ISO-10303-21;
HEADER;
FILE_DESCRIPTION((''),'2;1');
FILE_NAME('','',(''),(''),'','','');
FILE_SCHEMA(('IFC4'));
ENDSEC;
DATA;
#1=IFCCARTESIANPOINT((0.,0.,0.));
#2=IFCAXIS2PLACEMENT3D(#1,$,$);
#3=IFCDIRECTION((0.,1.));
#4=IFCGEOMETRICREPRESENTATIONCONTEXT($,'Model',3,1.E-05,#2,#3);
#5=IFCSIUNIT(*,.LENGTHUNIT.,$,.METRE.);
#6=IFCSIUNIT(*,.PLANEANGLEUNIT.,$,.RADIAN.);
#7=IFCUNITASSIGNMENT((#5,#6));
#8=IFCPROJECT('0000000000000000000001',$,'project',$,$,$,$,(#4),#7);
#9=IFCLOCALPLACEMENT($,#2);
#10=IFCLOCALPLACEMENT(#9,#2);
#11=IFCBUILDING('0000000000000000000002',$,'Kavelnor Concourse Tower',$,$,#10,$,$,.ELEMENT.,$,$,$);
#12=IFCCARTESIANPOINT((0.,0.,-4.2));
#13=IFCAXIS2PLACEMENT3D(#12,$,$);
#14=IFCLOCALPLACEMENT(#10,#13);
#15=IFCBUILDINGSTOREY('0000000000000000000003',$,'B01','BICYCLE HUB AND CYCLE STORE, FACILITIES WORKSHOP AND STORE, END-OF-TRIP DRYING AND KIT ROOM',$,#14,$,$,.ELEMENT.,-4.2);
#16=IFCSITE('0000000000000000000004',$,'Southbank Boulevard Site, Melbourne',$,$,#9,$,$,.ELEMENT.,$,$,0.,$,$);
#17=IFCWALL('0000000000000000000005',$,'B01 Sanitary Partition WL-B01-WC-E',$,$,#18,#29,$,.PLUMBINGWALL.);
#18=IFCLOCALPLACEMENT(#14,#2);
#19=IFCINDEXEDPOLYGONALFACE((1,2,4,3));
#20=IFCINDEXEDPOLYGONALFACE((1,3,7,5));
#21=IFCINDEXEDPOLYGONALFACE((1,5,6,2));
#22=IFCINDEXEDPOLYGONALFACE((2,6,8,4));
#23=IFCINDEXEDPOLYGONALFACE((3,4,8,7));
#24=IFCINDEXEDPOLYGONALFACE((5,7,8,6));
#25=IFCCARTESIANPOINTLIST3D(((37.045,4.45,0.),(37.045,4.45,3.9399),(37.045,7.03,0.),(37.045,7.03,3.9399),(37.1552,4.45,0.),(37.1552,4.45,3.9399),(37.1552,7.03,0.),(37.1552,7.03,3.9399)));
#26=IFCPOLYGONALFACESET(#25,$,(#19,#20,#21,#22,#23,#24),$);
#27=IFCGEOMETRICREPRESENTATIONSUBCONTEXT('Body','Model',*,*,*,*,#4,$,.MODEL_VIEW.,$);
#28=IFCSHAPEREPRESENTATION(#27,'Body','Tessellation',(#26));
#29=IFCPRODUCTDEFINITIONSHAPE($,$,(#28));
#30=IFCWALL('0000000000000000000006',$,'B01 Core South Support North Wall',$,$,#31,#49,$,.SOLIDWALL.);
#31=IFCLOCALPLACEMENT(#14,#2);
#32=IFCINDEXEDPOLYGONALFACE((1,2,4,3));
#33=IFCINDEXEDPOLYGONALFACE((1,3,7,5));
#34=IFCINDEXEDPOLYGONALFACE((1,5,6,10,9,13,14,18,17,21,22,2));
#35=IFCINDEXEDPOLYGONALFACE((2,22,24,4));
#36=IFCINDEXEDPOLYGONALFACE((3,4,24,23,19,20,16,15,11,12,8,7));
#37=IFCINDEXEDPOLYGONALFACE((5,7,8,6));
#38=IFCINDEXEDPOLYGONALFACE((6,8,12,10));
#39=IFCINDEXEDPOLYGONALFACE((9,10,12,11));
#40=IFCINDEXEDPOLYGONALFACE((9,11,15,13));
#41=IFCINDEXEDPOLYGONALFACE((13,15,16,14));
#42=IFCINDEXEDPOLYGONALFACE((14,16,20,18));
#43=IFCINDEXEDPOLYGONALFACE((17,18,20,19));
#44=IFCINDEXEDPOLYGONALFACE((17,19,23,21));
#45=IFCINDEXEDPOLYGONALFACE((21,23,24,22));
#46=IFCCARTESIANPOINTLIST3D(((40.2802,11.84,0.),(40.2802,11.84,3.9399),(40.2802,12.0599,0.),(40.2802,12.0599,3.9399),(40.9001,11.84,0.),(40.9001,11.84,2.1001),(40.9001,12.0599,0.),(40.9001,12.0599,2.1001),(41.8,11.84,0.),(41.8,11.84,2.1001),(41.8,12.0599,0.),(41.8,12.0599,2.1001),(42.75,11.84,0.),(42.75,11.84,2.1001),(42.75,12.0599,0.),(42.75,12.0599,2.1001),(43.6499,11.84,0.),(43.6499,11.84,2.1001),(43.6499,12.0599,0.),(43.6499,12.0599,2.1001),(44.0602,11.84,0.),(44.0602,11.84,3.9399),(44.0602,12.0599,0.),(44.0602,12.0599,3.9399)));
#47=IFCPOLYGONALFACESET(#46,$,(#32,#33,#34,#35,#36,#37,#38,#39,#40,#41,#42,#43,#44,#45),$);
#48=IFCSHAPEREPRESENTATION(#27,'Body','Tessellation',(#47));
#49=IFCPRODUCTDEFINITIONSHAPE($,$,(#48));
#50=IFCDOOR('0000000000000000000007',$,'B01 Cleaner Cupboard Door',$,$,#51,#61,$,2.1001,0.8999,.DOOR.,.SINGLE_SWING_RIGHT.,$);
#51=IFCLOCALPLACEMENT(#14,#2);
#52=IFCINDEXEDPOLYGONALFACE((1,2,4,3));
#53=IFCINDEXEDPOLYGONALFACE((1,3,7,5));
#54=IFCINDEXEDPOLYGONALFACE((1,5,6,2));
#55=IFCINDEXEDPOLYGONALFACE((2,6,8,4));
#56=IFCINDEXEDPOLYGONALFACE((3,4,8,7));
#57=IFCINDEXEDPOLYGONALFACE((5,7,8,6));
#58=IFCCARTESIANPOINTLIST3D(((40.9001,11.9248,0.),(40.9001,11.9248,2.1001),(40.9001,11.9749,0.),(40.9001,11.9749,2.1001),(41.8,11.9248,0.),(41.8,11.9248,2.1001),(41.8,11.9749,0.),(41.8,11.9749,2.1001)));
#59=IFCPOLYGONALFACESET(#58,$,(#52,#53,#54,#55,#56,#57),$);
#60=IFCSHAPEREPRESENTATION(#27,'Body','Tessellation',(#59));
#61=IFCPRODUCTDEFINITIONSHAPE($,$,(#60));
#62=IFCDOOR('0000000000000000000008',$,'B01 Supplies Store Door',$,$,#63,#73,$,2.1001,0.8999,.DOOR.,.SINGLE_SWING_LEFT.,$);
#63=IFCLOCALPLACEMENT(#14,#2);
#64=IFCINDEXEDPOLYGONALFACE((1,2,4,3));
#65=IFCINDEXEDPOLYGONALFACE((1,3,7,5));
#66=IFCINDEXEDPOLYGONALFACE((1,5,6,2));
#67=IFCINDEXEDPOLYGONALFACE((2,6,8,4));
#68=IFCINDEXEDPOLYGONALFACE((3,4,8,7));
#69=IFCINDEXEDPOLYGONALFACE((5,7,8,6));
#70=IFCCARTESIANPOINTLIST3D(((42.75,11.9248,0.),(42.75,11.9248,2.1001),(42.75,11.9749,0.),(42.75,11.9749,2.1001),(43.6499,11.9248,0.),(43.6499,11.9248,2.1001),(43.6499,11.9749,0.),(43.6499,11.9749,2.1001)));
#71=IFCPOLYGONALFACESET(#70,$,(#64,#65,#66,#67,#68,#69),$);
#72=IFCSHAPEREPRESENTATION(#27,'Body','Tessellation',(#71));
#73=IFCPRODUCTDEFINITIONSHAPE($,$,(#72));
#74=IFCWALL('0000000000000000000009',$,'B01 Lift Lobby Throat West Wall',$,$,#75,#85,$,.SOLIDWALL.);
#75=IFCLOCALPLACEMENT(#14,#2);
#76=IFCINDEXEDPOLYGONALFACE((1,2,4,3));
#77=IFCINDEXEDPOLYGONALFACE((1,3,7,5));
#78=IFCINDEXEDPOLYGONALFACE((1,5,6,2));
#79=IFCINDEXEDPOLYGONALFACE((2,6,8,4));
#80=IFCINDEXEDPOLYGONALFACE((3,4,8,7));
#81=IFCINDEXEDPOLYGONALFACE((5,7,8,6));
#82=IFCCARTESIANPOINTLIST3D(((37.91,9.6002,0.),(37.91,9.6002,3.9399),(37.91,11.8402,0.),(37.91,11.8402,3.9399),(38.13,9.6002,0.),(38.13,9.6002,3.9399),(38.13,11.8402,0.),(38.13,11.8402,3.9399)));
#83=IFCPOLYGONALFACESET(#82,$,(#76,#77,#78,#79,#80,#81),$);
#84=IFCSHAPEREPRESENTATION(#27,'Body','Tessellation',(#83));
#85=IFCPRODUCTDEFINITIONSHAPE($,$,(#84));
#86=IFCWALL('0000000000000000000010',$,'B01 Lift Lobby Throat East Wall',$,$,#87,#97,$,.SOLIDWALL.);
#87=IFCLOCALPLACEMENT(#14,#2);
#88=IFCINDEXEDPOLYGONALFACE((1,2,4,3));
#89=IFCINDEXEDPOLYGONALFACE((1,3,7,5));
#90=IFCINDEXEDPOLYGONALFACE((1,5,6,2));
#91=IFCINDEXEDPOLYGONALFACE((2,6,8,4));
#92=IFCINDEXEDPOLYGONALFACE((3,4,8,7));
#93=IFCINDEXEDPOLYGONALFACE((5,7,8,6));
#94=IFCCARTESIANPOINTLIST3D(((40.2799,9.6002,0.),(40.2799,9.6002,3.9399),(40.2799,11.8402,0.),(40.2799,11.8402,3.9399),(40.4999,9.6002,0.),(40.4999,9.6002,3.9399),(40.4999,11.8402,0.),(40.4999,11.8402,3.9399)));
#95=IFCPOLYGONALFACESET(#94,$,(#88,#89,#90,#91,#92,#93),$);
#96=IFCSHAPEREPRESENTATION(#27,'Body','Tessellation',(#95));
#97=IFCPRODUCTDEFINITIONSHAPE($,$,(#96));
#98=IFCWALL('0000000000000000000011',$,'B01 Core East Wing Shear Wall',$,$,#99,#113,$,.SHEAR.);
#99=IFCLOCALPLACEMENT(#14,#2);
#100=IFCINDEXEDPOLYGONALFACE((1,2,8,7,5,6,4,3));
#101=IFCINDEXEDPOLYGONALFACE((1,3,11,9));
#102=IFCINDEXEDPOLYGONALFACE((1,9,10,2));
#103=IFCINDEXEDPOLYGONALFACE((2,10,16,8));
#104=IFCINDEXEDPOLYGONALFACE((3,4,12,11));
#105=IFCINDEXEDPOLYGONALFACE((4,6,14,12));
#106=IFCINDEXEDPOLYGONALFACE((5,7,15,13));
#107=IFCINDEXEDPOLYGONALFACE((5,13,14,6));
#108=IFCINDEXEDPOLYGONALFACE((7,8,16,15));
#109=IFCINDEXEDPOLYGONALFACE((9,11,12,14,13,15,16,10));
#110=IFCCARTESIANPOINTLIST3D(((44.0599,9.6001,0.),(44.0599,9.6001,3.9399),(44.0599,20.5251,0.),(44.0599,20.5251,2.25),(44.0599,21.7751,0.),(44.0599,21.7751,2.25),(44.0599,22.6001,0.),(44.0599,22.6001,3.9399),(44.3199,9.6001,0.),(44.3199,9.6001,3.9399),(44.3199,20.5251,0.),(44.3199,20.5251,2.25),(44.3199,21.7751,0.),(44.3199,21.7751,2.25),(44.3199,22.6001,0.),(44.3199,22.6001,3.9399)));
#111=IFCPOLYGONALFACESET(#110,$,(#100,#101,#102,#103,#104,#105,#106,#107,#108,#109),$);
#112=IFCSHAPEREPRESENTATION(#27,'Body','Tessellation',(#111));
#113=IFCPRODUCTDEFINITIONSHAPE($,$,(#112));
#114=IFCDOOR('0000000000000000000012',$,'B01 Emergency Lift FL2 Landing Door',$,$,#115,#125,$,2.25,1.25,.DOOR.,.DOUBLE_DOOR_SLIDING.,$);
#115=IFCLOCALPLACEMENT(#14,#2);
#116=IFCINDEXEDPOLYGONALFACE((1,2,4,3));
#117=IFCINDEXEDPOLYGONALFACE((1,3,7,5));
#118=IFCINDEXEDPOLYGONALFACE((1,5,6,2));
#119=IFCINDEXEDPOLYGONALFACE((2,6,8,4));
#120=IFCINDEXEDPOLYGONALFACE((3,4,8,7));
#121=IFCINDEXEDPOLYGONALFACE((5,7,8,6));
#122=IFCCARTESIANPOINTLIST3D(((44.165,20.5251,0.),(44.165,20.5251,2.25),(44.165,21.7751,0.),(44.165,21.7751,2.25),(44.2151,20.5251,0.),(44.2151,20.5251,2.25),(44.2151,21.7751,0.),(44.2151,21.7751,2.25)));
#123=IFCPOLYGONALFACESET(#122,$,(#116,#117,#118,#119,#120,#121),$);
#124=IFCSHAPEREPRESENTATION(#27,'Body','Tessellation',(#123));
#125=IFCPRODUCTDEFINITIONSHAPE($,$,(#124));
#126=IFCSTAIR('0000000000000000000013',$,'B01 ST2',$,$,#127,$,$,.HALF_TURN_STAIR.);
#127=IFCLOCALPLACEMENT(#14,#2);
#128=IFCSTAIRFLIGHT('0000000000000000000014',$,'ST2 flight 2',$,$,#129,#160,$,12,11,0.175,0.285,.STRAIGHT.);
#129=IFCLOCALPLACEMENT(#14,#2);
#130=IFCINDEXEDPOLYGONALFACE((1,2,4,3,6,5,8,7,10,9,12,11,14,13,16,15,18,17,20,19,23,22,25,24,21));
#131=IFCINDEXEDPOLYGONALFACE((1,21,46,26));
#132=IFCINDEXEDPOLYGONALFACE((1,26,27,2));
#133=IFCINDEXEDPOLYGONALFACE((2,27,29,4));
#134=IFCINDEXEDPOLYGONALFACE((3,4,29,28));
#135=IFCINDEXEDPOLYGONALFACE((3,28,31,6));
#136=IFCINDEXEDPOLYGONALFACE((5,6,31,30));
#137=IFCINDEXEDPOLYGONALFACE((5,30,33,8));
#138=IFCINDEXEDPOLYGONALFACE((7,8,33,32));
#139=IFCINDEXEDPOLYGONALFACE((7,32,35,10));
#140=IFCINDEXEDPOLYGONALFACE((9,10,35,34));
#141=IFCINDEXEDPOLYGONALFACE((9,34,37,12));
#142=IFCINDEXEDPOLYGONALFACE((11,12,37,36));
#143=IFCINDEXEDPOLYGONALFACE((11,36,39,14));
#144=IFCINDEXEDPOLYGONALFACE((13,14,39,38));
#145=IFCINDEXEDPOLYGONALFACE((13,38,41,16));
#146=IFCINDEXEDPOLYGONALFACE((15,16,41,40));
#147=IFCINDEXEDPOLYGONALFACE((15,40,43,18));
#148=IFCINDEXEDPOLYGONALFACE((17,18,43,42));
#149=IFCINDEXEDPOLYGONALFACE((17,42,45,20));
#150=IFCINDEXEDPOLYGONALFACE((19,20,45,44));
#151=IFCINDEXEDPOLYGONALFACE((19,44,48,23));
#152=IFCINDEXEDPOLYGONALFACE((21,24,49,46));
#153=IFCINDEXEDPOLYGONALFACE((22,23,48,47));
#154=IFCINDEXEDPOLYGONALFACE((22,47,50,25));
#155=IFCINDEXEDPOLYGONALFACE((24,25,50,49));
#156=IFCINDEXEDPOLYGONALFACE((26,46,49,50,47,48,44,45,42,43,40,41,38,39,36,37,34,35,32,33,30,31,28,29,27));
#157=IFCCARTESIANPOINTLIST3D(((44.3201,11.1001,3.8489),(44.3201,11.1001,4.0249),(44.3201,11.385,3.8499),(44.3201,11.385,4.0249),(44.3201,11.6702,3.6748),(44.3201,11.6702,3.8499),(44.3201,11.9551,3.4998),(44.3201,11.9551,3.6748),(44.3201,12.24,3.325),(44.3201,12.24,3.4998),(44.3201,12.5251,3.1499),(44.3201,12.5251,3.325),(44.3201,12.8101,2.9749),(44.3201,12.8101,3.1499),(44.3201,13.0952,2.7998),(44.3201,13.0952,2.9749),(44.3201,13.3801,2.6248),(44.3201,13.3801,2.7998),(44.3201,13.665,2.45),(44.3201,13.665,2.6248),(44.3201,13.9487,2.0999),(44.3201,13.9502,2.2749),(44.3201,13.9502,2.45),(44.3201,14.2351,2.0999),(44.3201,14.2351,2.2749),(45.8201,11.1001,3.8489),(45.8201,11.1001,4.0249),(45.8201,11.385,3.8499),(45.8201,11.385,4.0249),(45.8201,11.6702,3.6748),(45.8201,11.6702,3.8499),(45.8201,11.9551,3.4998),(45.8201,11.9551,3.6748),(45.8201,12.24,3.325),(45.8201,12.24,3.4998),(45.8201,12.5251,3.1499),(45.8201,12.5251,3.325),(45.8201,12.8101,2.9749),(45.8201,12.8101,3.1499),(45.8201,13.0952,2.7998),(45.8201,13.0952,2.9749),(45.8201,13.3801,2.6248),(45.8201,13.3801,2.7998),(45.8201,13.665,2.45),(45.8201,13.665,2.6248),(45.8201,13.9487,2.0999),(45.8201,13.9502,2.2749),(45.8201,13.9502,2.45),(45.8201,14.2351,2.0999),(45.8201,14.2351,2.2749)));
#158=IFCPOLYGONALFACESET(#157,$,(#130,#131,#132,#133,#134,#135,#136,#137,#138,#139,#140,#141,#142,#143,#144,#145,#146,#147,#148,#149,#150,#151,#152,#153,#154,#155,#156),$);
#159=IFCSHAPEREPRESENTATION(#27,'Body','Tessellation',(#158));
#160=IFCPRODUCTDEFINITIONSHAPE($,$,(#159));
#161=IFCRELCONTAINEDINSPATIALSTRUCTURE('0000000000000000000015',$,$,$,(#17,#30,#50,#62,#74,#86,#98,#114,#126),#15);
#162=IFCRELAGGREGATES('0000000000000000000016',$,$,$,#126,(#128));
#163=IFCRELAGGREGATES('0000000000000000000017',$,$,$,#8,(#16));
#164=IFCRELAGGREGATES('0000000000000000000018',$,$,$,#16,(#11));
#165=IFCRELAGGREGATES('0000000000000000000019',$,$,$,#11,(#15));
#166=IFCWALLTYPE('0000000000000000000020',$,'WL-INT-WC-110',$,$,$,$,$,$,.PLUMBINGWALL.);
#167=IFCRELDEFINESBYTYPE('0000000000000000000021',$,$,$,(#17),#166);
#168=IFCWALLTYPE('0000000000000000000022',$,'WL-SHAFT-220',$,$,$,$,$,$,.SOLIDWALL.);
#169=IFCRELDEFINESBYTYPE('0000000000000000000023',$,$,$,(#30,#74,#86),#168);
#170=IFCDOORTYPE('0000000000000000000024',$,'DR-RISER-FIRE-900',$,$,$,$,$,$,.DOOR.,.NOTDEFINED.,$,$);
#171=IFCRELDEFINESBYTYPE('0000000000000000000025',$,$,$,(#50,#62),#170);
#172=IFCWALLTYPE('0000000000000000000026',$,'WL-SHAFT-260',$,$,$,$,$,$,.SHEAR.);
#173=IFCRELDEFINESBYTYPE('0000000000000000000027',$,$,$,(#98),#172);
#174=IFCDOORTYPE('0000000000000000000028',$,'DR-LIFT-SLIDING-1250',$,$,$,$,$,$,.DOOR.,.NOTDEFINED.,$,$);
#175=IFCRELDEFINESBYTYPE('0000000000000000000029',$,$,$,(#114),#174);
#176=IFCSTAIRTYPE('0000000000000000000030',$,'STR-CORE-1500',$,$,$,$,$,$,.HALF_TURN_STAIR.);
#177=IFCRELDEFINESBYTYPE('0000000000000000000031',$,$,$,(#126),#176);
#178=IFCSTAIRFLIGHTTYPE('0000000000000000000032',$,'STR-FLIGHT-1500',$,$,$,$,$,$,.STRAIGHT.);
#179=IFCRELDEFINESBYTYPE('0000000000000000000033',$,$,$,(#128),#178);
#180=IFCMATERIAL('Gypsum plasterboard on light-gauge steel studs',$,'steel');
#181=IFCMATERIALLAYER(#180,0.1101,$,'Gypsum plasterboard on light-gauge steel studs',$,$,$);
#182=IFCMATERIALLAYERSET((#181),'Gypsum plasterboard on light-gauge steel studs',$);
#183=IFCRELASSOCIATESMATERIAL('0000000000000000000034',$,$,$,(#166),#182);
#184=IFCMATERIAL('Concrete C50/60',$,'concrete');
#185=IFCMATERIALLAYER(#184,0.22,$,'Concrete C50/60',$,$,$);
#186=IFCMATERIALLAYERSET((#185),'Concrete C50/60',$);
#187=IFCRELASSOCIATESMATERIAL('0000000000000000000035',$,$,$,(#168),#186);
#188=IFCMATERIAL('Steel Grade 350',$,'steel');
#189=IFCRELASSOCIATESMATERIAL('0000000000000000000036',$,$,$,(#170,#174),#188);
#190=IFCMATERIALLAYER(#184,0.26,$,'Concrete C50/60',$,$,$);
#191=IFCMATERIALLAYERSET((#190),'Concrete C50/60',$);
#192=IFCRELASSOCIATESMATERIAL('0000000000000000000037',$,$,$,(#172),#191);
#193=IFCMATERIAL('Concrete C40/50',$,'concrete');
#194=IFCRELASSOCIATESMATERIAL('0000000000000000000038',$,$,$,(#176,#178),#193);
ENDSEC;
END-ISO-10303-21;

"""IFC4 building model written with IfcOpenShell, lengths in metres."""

from ifc_helpers import new_model, si_unit, direction, frame, frame_2d, origin, place, context, subcontext, project, spatial, polyline, rectangle, outline, extrude, material, layer, layer_set, type_object, element, fill, aggregate, save


model = new_model("IFC4")

# Units and contexts
model_context = context("Model", 3, precision=1e-05, world=origin(), true_north=direction((0.0, 1.0)))
body_context = subcontext(model_context, "Body", "Model", "MODEL_VIEW")
ifc_project = project(units=[si_unit("LENGTHUNIT", "METRE"), si_unit("PLANEANGLEUNIT", "RADIAN")], contexts=[model_context])

# Site, building, storey
site_placement = place(None, origin())
site = spatial("IfcSite", under=ifc_project, at=site_placement, Name="Southbank Boulevard Site, Melbourne", CompositionType="ELEMENT", RefElevation=0.0)
building_placement = place(site_placement, origin())
building = spatial("IfcBuilding", under=site, at=building_placement, Name="Kavelnor Concourse Tower", CompositionType="ELEMENT")
storey_placement = place(building_placement, frame((0.0, 0.0, -4.2)))
storey = spatial("IfcBuildingStorey", under=building, at=storey_placement, Name="B01", Description="BICYCLE HUB AND CYCLE STORE, FACILITIES WORKSHOP AND STORE, END-OF-TRIP DRYING AND KIT ROOM", CompositionType="ELEMENT", Elevation=-4.2)

# Shared definitions
ifc_material_1 = material(Name="Steel Grade 350", Category="steel")

# Wall
ifc_material_2 = material(Name="Gypsum plasterboard on light-gauge steel studs", Category="steel")
ifc_layer_1 = layer(ifc_material_2, 0.1101, Name="Gypsum plasterboard on light-gauge steel studs")
ifc_layer_set_1 = layer_set([ifc_layer_1], Name="Gypsum plasterboard on light-gauge steel studs")
wall_type_1 = type_object("IfcWallType", Name="WL-INT-WC-110", PredefinedType="PLUMBINGWALL", material=ifc_layer_set_1)
wall_1_placement = place(storey_placement, frame((37.1001, 4.45, 0.0), z_axis=(0.0, 0.0, 1.0), x_axis=(0.0, 1.0, 0.0)))
element("IfcWall", 1, at=wall_1_placement, inside=storey, type_object=wall_type_1, Name="B01 Sanitary Partition WL-B01-WC-E", PredefinedType="PLUMBINGWALL", context=body_context, shape_type="SweptSolid", body=[
    extrude(rectangle(XDim=2.5801, YDim=0.1101, at=frame_2d((1.29, 0.0))), origin(), (0.0, 0.0, 1.0), 3.9399),
])

# Wall, openings, doors
ifc_material_3 = material(Name="Concrete C50/60", Category="concrete")
ifc_layer_2 = layer(ifc_material_3, 0.22, Name="Concrete C50/60")
ifc_layer_set_2 = layer_set([ifc_layer_2], Name="Concrete C50/60")
wall_type_2 = type_object("IfcWallType", Name="WL-SHAFT-220", PredefinedType="SOLIDWALL", material=ifc_layer_set_2)
wall_2_placement = place(storey_placement, frame((40.28, 11.95, 0.0), z_axis=(0.0, 0.0, 1.0), x_axis=(1.0, 0.0, 0.0)))
wall_2 = element("IfcWall", 2, at=wall_2_placement, inside=storey, type_object=wall_type_2, Name="B01 Core South Support North Wall", PredefinedType="SOLIDWALL", context=body_context, shape_type="SweptSolid", body=[
    extrude(rectangle(XDim=3.78, YDim=0.22, at=frame_2d((1.8901, 0.0))), origin(), (0.0, 0.0, 1.0), 3.9399),
])
opening_1_placement = place(wall_2_placement, frame((0.6201, 0.0, 0.0)))
opening_1 = element("IfcOpeningElement", 3, at=opening_1_placement, cuts=wall_2, PredefinedType="OPENING", context=body_context, shape_type="SweptSolid", body=[
    extrude(rectangle(XDim=0.8999, YDim=2.1001, at=frame_2d((0.45, 1.05))), frame((0.0, 0.1201, 0.0), z_axis=(0.0, -1.0, 0.0), x_axis=(1.0, 0.0, 0.0)), (0.0, 0.0, 1.0), 0.24),
])
opening_2_placement = place(wall_2_placement, frame((2.47, 0.0, 0.0)))
opening_2 = element("IfcOpeningElement", 4, at=opening_2_placement, cuts=wall_2, PredefinedType="OPENING", context=body_context, shape_type="SweptSolid", body=[
    extrude(rectangle(XDim=0.8999, YDim=2.1001, at=frame_2d((0.45, 1.05))), frame((0.0, 0.1201, 0.0), z_axis=(0.0, -1.0, 0.0), x_axis=(1.0, 0.0, 0.0)), (0.0, 0.0, 1.0), 0.24),
])
door_type_1 = type_object("IfcDoorType", Name="DR-RISER-FIRE-900", OperationType="NOTDEFINED", PredefinedType="DOOR", material=ifc_material_1)
door_1_placement = place(opening_1_placement, origin())
door_1 = element("IfcDoor", 5, at=door_1_placement, inside=storey, type_object=door_type_1, Name="B01 Cleaner Cupboard Door", OperationType="SINGLE_SWING_RIGHT", OverallHeight=2.1001, OverallWidth=0.8999, PredefinedType="DOOR", context=body_context, shape_type="SweptSolid", body=[
    extrude(rectangle(XDim=0.8999, YDim=2.1001, at=frame_2d((0.45, 1.05))), frame((0.0, 0.0249, 0.0), z_axis=(0.0, -1.0, 0.0), x_axis=(1.0, 0.0, 0.0)), (0.0, 0.0, 1.0), 0.05),
])
fill(opening_1, door_1)
door_2_placement = place(opening_2_placement, origin())
door_2 = element("IfcDoor", 6, at=door_2_placement, inside=storey, type_object=door_type_1, Name="B01 Supplies Store Door", OperationType="SINGLE_SWING_LEFT", OverallHeight=2.1001, OverallWidth=0.8999, PredefinedType="DOOR", context=body_context, shape_type="SweptSolid", body=[
    extrude(rectangle(XDim=0.8999, YDim=2.1001, at=frame_2d((0.45, 1.05))), frame((0.0, 0.0249, 0.0), z_axis=(0.0, -1.0, 0.0), x_axis=(1.0, 0.0, 0.0)), (0.0, 0.0, 1.0), 0.05),
])
fill(opening_2, door_2)

# Walls
for number, where, z_axis, x_axis, name in (
    (7, (38.02, 9.6001, 0.0), (0.0, 0.0, 1.0), (0.0, 1.0, 0.0), "B01 Lift Lobby Throat West Wall"),
    (8, (40.3899, 9.6001, 0.0), (0.0, 0.0, 1.0), (0.0, 1.0, 0.0), "B01 Lift Lobby Throat East Wall"),
):
    element("IfcWall", number, at=place(storey_placement, frame(where, z_axis=z_axis, x_axis=x_axis)), inside=storey, type_object=wall_type_2, Name=name, PredefinedType="SOLIDWALL", context=body_context, shape_type="SweptSolid", body=[
        extrude(rectangle(XDim=2.24, YDim=0.22, at=frame_2d((1.1201, 0.0))), origin(), (0.0, 0.0, 1.0), 3.9399),
    ])

# Wall, opening, door
ifc_layer_3 = layer(ifc_material_3, 0.26, Name="Concrete C50/60")
ifc_layer_set_3 = layer_set([ifc_layer_3], Name="Concrete C50/60")
wall_type_3 = type_object("IfcWallType", Name="WL-SHAFT-260", PredefinedType="SHEAR", material=ifc_layer_set_3)
wall_3_placement = place(storey_placement, frame((44.1899, 9.6001, 0.0), z_axis=(0.0, 0.0, 1.0), x_axis=(0.0, 1.0, 0.0)))
wall_3 = element("IfcWall", 9, at=wall_3_placement, inside=storey, type_object=wall_type_3, Name="B01 Core East Wing Shear Wall", PredefinedType="SHEAR", context=body_context, shape_type="SweptSolid", body=[
    extrude(rectangle(XDim=13.0, YDim=0.26, at=frame_2d((6.5, 0.0))), origin(), (0.0, 0.0, 1.0), 3.9399),
])
opening_3_placement = place(wall_3_placement, frame((10.925, 0.0, 0.0)))
opening_3 = element("IfcOpeningElement", 10, at=opening_3_placement, cuts=wall_3, PredefinedType="OPENING", context=body_context, shape_type="SweptSolid", body=[
    extrude(rectangle(XDim=1.25, YDim=2.25, at=frame_2d((0.625, 1.125))), frame((0.0, 0.1401, 0.0), z_axis=(0.0, -1.0, 0.0), x_axis=(1.0, 0.0, 0.0)), (0.0, 0.0, 1.0), 0.28),
])
door_type_2 = type_object("IfcDoorType", Name="DR-LIFT-SLIDING-1250", OperationType="NOTDEFINED", PredefinedType="DOOR", material=ifc_material_1)
door_3_placement = place(opening_3_placement, origin())
door_3 = element("IfcDoor", 11, at=door_3_placement, inside=storey, type_object=door_type_2, Name="B01 Emergency Lift FL2 Landing Door", OperationType="DOUBLE_DOOR_SLIDING", OverallHeight=2.25, OverallWidth=1.25, PredefinedType="DOOR", context=body_context, shape_type="SweptSolid", body=[
    extrude(rectangle(XDim=1.25, YDim=2.25, at=frame_2d((0.625, 1.125))), frame((0.0, 0.0249, 0.0), z_axis=(0.0, -1.0, 0.0), x_axis=(1.0, 0.0, 0.0)), (0.0, 0.0, 1.0), 0.05),
])
fill(opening_3, door_3)

# Stair, stair flight
ifc_material_4 = material(Name="Concrete C40/50", Category="concrete")
stair_type = type_object("IfcStairType", Name="STR-CORE-1500", PredefinedType="HALF_TURN_STAIR", material=ifc_material_4)
stair_placement = place(storey_placement, origin())
stair = element("IfcStair", 12, at=stair_placement, inside=storey, type_object=stair_type, Name="B01 ST2", PredefinedType="HALF_TURN_STAIR")
stair_flight_type = type_object("IfcStairFlightType", Name="STR-FLIGHT-1500", PredefinedType="STRAIGHT", material=ifc_material_4)
stair_flight_placement = place(storey_placement, frame((45.0701, 14.2351, 2.0999), z_axis=(0.0, 0.0, 1.0), x_axis=(0.0, -1.0, 0.0)))
stair_flight = element("IfcStairFlight", 13, at=stair_flight_placement, type_object=stair_flight_type, Name="ST2 flight 2", NumberOfRisers=12, NumberOfTreads=11, PredefinedType="STRAIGHT", RiserHeight=0.175, TreadLength=0.285, context=body_context, shape_type="SweptSolid", body=[
    extrude(outline(polyline([(0.0, 0.0), (0.0, 0.175), (0.2849, 0.175), (0.2849, 0.3501), (0.5701, 0.3501), (0.5701, 0.5249), (0.855, 0.5249), (0.855, 0.7), (1.1399, 0.7), (1.1399, 0.875), (1.425, 0.875), (1.425, 1.05), (1.71, 1.05), (1.71, 1.2251), (1.9951, 1.2251), (1.9951, 1.3999), (2.28, 1.3999), (2.28, 1.575), (2.5649, 1.575), (2.5649, 1.75), (2.8501, 1.75), (2.8501, 1.925), (3.135, 1.925), (3.135, 2.1001), (3.135, 1.749), (0.2864, 0.0), (0.0, 0.0)])), frame((0.0, 0.75, 0.0), z_axis=(0.0, -1.0, 0.0), x_axis=(1.0, 0.0, 0.0)), (0.0, 0.0, 1.0), 1.5),
])
aggregate(stair, [stair_flight])

save(model, "model.ifc")
